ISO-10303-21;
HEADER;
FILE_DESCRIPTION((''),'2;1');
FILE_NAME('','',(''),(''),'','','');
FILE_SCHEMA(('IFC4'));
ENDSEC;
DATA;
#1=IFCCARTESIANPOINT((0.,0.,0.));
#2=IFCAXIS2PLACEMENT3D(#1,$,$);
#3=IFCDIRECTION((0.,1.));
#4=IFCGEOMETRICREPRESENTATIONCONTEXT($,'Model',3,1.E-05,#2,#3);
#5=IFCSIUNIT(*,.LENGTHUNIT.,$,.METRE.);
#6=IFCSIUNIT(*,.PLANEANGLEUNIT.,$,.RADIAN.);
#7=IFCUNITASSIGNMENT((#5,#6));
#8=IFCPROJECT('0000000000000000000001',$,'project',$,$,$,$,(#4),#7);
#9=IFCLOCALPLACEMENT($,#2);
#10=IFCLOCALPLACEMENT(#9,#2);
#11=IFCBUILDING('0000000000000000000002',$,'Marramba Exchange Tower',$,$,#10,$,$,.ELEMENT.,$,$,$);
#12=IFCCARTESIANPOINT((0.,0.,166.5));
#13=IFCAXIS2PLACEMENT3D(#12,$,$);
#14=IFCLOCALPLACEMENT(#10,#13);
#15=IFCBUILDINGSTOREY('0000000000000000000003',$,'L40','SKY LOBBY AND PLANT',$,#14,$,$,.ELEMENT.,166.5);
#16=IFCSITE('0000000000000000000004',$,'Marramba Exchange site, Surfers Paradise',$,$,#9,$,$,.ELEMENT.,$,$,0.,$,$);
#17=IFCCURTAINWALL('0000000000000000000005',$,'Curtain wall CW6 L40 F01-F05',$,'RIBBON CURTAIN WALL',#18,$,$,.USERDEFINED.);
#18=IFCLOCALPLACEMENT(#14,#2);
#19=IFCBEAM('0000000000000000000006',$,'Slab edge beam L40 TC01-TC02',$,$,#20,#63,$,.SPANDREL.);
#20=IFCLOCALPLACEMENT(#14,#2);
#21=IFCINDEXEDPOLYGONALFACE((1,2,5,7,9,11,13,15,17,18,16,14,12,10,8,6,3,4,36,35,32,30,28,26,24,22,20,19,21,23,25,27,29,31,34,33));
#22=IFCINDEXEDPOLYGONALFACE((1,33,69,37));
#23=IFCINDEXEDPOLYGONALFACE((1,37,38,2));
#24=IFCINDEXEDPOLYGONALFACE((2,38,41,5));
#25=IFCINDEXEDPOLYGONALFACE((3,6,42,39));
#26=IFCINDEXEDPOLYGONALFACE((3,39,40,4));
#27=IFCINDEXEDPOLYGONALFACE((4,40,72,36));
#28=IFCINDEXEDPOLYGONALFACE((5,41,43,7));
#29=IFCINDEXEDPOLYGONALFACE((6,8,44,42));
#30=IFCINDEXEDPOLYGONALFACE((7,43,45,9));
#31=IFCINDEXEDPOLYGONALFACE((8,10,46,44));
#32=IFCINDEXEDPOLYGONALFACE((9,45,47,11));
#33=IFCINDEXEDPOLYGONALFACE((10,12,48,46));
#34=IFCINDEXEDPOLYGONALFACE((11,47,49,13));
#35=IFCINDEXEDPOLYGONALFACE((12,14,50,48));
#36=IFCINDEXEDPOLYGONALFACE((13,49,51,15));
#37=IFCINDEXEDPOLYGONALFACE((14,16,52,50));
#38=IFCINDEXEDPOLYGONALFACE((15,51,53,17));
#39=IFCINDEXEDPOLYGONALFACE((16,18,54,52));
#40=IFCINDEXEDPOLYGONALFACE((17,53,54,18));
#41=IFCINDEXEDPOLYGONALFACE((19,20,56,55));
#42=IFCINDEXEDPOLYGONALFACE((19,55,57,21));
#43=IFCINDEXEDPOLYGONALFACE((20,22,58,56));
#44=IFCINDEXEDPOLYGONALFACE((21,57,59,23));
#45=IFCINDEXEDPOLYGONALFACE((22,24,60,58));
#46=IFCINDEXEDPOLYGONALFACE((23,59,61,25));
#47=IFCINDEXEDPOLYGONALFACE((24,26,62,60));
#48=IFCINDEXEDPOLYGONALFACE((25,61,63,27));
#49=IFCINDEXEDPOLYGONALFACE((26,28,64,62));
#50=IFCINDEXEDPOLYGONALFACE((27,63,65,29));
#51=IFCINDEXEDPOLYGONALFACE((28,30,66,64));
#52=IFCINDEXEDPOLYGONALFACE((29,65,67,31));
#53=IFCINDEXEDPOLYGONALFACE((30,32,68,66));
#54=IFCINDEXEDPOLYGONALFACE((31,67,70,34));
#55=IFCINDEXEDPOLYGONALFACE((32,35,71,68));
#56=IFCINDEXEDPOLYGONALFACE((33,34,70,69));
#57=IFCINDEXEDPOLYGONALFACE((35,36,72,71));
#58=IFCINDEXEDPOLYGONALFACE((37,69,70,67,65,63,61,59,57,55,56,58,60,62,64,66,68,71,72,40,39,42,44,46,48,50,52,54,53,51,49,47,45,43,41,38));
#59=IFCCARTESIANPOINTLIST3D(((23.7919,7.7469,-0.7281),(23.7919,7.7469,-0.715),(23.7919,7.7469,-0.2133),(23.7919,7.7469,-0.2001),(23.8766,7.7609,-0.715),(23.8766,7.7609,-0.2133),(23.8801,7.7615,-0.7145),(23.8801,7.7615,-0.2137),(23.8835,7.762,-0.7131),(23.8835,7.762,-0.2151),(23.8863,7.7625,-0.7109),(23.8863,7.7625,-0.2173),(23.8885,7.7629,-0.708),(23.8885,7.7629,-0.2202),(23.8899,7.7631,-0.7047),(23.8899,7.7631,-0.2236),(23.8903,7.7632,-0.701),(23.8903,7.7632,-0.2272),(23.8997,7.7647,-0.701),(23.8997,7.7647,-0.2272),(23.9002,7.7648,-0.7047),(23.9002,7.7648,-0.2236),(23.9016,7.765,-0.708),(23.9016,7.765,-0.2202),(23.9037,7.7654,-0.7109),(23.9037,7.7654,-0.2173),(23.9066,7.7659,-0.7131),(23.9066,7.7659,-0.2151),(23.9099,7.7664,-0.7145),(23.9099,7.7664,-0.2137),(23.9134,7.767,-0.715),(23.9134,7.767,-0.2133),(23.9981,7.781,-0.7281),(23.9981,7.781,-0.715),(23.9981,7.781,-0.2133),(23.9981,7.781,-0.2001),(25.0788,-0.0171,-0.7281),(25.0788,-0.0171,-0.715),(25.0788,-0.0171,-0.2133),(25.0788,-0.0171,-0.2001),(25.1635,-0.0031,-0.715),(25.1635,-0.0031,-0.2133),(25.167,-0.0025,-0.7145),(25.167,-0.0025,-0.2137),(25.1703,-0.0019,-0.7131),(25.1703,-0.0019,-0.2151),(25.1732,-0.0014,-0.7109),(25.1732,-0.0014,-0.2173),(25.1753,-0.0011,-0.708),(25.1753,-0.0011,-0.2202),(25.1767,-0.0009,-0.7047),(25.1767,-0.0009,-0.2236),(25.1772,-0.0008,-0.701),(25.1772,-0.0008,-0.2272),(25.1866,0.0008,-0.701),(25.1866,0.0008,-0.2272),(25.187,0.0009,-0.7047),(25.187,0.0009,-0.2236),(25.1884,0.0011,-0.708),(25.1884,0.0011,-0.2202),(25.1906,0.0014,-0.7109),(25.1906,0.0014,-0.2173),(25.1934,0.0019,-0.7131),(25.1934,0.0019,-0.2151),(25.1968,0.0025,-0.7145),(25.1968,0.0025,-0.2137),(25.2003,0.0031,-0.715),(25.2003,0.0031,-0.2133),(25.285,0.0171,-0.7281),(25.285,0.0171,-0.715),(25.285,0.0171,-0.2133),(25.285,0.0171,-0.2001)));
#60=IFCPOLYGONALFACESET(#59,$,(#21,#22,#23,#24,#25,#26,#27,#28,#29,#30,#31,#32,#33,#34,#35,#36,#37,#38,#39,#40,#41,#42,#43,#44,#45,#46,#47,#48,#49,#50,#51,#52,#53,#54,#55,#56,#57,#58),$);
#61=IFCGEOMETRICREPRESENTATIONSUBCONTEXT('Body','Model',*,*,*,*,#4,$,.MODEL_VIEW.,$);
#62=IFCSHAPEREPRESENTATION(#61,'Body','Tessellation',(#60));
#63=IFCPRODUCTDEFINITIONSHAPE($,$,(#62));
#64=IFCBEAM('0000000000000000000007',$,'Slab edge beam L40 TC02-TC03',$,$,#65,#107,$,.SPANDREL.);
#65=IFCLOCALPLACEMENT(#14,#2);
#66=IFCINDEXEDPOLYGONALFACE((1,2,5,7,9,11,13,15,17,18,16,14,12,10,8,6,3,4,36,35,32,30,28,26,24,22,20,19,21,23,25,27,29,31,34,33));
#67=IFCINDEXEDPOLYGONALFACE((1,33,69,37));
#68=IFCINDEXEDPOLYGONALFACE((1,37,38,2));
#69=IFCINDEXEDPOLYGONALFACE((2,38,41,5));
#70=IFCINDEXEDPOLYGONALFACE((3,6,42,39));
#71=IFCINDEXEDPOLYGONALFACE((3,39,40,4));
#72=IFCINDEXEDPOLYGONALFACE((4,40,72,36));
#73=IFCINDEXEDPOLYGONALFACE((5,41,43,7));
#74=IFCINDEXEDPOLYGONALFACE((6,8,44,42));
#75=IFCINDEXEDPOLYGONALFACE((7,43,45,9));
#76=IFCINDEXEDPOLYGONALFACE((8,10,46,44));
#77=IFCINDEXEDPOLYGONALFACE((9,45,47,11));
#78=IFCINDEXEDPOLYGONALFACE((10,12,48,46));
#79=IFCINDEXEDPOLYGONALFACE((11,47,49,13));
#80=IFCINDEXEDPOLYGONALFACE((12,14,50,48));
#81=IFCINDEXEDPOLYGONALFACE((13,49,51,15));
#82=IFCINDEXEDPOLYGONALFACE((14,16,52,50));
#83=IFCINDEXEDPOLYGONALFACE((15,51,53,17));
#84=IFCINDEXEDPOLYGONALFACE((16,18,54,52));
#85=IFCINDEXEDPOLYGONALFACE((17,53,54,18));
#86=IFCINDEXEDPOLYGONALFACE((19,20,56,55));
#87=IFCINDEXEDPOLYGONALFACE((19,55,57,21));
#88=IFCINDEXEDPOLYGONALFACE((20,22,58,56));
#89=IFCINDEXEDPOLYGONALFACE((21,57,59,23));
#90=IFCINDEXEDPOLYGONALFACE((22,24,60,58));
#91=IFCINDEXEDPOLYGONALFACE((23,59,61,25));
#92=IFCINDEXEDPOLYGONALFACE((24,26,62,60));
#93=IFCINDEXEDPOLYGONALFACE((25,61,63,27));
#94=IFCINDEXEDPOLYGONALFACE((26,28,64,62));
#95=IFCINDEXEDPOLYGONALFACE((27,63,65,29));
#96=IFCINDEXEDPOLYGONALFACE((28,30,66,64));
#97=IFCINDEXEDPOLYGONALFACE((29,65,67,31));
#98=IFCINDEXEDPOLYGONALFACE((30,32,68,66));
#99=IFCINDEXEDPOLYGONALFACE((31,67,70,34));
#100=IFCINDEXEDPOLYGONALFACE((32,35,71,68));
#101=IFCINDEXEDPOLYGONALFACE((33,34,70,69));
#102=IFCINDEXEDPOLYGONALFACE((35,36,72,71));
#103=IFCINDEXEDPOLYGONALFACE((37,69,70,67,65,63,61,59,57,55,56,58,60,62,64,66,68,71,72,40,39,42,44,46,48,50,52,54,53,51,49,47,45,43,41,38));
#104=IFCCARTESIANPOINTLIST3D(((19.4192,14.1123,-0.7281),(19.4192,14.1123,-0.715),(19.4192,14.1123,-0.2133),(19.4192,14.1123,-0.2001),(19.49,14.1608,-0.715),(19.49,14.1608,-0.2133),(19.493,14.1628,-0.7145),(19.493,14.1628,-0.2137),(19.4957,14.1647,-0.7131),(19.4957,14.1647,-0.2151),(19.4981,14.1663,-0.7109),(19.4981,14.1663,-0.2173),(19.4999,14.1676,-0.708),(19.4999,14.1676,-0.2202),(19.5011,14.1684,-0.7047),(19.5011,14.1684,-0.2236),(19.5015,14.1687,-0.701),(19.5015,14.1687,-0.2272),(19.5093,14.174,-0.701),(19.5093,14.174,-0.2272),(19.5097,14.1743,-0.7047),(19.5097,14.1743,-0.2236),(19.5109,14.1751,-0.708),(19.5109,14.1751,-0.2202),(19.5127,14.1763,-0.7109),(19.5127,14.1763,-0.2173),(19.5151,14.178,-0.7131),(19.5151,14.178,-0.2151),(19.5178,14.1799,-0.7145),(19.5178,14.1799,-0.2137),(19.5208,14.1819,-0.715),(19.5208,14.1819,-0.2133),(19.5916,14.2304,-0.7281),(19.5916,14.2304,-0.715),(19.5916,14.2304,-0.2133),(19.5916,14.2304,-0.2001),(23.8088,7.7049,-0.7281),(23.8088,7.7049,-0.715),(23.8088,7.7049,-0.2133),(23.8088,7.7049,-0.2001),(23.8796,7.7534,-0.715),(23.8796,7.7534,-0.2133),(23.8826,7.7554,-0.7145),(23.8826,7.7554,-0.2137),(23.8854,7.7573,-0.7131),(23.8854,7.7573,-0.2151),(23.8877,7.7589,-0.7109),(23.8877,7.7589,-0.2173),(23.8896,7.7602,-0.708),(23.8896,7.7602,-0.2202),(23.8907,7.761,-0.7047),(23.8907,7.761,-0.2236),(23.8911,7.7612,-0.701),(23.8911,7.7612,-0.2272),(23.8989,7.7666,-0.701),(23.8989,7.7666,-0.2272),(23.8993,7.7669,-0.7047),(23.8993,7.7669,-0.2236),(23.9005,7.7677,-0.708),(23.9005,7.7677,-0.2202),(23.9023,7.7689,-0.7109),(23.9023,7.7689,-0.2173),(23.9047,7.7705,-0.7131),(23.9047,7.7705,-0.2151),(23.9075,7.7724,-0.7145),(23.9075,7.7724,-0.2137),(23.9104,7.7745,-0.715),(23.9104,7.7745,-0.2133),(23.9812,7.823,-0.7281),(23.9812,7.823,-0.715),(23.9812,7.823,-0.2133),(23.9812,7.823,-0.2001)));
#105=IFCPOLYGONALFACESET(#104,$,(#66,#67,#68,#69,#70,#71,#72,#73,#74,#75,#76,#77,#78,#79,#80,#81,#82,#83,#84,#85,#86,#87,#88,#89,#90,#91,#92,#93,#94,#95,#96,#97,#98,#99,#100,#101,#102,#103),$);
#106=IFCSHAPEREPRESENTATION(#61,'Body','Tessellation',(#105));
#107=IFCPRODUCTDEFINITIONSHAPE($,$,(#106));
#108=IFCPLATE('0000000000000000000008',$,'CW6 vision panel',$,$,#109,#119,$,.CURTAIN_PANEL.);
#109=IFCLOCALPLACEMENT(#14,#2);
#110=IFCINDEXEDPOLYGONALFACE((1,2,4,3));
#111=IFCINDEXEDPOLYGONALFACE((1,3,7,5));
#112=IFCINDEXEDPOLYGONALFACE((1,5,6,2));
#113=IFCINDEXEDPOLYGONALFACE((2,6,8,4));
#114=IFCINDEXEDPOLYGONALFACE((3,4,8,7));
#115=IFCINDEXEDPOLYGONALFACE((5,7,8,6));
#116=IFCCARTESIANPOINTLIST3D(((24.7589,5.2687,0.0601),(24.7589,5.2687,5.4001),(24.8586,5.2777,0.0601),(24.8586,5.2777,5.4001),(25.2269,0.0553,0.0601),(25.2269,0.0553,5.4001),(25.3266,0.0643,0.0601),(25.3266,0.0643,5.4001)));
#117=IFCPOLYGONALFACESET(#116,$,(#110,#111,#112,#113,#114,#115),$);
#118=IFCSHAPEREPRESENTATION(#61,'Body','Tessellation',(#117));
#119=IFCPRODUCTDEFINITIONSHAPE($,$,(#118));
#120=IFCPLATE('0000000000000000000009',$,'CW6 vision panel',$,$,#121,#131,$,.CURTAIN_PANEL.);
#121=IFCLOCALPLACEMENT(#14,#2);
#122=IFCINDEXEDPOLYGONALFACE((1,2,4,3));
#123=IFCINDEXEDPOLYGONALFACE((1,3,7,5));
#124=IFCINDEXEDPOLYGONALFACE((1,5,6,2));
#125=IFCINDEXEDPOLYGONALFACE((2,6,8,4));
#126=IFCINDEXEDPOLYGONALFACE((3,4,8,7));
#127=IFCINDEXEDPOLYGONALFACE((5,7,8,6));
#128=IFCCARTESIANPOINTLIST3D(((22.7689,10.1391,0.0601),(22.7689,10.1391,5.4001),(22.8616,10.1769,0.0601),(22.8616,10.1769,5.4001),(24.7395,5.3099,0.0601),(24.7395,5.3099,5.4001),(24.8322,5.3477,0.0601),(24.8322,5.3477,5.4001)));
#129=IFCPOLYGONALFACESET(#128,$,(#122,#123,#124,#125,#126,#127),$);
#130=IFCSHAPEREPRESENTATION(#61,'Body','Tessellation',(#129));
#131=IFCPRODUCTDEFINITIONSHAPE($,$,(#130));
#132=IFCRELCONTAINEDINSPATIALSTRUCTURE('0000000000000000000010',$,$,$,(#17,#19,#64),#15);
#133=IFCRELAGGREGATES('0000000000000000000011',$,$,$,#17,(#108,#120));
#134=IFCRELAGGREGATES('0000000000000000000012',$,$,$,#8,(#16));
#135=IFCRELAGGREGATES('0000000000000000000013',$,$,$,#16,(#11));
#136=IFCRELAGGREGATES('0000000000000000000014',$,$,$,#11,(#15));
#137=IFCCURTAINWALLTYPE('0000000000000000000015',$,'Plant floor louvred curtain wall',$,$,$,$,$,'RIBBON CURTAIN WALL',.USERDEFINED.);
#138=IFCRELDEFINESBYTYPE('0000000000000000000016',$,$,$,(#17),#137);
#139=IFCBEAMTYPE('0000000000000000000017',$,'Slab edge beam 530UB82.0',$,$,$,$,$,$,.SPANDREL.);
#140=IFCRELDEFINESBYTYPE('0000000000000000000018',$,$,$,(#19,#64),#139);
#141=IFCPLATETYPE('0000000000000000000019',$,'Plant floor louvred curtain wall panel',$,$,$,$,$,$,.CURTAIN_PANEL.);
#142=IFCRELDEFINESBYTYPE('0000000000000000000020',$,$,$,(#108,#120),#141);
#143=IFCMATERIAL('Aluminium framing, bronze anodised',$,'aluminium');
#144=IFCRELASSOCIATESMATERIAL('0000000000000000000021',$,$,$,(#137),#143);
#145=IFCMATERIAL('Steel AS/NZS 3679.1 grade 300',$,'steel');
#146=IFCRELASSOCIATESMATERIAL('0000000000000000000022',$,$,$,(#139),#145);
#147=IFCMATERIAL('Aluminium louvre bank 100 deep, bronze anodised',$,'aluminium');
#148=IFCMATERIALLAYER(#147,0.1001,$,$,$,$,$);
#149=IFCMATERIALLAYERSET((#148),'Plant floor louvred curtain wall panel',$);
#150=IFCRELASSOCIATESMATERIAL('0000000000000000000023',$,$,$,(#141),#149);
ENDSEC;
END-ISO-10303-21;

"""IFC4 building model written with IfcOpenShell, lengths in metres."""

from ifc_helpers import new_model, si_unit, direction, frame, origin, origin_2d, place, context, subcontext, project, spatial, rectangle, i_section, extrude, material, layer, layer_set, material_profile, profile_set, type_object, element, aggregate, save


model = new_model("IFC4")

# Units and contexts
model_context = context("Model", 3, precision=1e-05, world=origin(), true_north=direction((0.0, 1.0)))
body_context = subcontext(model_context, "Body", "Model", "MODEL_VIEW")
ifc_project = project(units=[si_unit("LENGTHUNIT", "METRE"), si_unit("PLANEANGLEUNIT", "RADIAN")], contexts=[model_context])

# Site, building, storey
site_placement = place(None, origin())
site = spatial("IfcSite", under=ifc_project, at=site_placement, Name="Marramba Exchange site, Surfers Paradise", CompositionType="ELEMENT", RefElevation=0.0)
building_placement = place(site_placement, origin())
building = spatial("IfcBuilding", under=site, at=building_placement, Name="Marramba Exchange Tower", CompositionType="ELEMENT")
storey_placement = place(building_placement, frame((0.0, 0.0, 166.5)))
storey = spatial("IfcBuildingStorey", under=building, at=storey_placement, Name="L40", Description="SKY LOBBY AND PLANT", CompositionType="ELEMENT", Elevation=166.5)

# Shared definitions
ifc_material_1 = material(Name="Steel AS/NZS 3679.1 grade 300", Category="steel")

# Curtain wall
ifc_material_2 = material(Name="Aluminium framing, bronze anodised", Category="aluminium")
curtain_wall_type = type_object("IfcCurtainWallType", Name="Plant floor louvred curtain wall", ElementType="RIBBON CURTAIN WALL", PredefinedType="USERDEFINED", material=ifc_material_2)
curtain_wall_placement = place(storey_placement, origin())
curtain_wall = element("IfcCurtainWall", 1, at=curtain_wall_placement, inside=storey, type_object=curtain_wall_type, Name="Curtain wall CW6 L40 F01-F05", ObjectType="RIBBON CURTAIN WALL", PredefinedType="USERDEFINED")

# Beams
ifc_material_profile_1 = material_profile(ifc_material_1, i_section(OverallWidth=0.209, OverallDepth=0.5281, WebThickness=0.0095, FlangeThickness=0.0132, FilletRadius=0.0139, at=origin_2d()), Name="530UB82.0")
ifc_profile_set_1 = profile_set([ifc_material_profile_1], Name="Steel AS/NZS 3679.1 grade 300")
beam_type_1 = type_object("IfcBeamType", Name="Slab edge beam 530UB82.0", PredefinedType="SPANDREL", material=ifc_profile_set_1)
beam_1_placement = place(storey_placement, frame((25.1819, 0.0, -0.4641), z_axis=(-0.163519, 0.98654, 0.0), x_axis=(-0.98654, -0.163519, 0.0)))
element("IfcBeam", 2, at=beam_1_placement, inside=storey, type_object=beam_type_1, Name="Slab edge beam L40 TC01-TC02", PredefinedType="SPANDREL", context=body_context, shape_type="SweptSolid", body=[
    extrude(i_section(OverallWidth=0.209, OverallDepth=0.5281, WebThickness=0.0095, FlangeThickness=0.0132, FilletRadius=0.0139, at=origin_2d()), origin(), (0.0, 0.0, 1.0), 7.8699),
])
beam_2_placement = place(storey_placement, frame((23.895, 7.7639, -0.4641), z_axis=(-0.565174, 0.824972, 0.0), x_axis=(-0.824972, -0.565174, 0.0)))
element("IfcBeam", 3, at=beam_2_placement, inside=storey, type_object=beam_type_1, Name="Slab edge beam L40 TC02-TC03", PredefinedType="SPANDREL", context=body_context, shape_type="SweptSolid", body=[
    extrude(i_section(OverallWidth=0.209, OverallDepth=0.5281, WebThickness=0.0095, FlangeThickness=0.0132, FilletRadius=0.0139, at=origin_2d()), origin(), (0.0, 0.0, 1.0), 7.7668),
])

# Plates
ifc_material_3 = material(Name="Aluminium louvre bank 100 deep, bronze anodised", Category="aluminium")
ifc_layer = layer(ifc_material_3, 0.1001)
ifc_layer_set = layer_set([ifc_layer], Name="Plant floor louvred curtain wall panel")
plate_type = type_object("IfcPlateType", Name="Plant floor louvred curtain wall panel", PredefinedType="CURTAIN_PANEL", material=ifc_layer_set)
plate_1_placement = place(storey_placement, frame((25.0427, 2.6665, 0.0601), z_axis=(0.0, 0.0, 1.0), x_axis=(-0.089413, 0.995995, 0.0)))
plate_1 = element("IfcPlate", 4, at=plate_1_placement, type_object=plate_type, Name="CW6 vision panel", PredefinedType="CURTAIN_PANEL", context=body_context, shape_type="SweptSolid", body=[
    extrude(rectangle(XDim=5.2344, YDim=0.1001, at=origin_2d()), origin(), (0.0, 0.0, 1.0), 5.3401),
])
plate_2_placement = place(storey_placement, frame((23.8005, 7.7434, 0.0601), z_axis=(0.0, 0.0, 1.0), x_axis=(-0.377821, 0.925879, 0.0)))
plate_2 = element("IfcPlate", 5, at=plate_2_placement, type_object=plate_type, Name="CW6 vision panel", PredefinedType="CURTAIN_PANEL", context=body_context, shape_type="SweptSolid", body=[
    extrude(rectangle(XDim=5.2158, YDim=0.1001, at=origin_2d()), origin(), (0.0, 0.0, 1.0), 5.3401),
])
aggregate(curtain_wall, [plate_1, plate_2])

save(model, "model.ifc")
